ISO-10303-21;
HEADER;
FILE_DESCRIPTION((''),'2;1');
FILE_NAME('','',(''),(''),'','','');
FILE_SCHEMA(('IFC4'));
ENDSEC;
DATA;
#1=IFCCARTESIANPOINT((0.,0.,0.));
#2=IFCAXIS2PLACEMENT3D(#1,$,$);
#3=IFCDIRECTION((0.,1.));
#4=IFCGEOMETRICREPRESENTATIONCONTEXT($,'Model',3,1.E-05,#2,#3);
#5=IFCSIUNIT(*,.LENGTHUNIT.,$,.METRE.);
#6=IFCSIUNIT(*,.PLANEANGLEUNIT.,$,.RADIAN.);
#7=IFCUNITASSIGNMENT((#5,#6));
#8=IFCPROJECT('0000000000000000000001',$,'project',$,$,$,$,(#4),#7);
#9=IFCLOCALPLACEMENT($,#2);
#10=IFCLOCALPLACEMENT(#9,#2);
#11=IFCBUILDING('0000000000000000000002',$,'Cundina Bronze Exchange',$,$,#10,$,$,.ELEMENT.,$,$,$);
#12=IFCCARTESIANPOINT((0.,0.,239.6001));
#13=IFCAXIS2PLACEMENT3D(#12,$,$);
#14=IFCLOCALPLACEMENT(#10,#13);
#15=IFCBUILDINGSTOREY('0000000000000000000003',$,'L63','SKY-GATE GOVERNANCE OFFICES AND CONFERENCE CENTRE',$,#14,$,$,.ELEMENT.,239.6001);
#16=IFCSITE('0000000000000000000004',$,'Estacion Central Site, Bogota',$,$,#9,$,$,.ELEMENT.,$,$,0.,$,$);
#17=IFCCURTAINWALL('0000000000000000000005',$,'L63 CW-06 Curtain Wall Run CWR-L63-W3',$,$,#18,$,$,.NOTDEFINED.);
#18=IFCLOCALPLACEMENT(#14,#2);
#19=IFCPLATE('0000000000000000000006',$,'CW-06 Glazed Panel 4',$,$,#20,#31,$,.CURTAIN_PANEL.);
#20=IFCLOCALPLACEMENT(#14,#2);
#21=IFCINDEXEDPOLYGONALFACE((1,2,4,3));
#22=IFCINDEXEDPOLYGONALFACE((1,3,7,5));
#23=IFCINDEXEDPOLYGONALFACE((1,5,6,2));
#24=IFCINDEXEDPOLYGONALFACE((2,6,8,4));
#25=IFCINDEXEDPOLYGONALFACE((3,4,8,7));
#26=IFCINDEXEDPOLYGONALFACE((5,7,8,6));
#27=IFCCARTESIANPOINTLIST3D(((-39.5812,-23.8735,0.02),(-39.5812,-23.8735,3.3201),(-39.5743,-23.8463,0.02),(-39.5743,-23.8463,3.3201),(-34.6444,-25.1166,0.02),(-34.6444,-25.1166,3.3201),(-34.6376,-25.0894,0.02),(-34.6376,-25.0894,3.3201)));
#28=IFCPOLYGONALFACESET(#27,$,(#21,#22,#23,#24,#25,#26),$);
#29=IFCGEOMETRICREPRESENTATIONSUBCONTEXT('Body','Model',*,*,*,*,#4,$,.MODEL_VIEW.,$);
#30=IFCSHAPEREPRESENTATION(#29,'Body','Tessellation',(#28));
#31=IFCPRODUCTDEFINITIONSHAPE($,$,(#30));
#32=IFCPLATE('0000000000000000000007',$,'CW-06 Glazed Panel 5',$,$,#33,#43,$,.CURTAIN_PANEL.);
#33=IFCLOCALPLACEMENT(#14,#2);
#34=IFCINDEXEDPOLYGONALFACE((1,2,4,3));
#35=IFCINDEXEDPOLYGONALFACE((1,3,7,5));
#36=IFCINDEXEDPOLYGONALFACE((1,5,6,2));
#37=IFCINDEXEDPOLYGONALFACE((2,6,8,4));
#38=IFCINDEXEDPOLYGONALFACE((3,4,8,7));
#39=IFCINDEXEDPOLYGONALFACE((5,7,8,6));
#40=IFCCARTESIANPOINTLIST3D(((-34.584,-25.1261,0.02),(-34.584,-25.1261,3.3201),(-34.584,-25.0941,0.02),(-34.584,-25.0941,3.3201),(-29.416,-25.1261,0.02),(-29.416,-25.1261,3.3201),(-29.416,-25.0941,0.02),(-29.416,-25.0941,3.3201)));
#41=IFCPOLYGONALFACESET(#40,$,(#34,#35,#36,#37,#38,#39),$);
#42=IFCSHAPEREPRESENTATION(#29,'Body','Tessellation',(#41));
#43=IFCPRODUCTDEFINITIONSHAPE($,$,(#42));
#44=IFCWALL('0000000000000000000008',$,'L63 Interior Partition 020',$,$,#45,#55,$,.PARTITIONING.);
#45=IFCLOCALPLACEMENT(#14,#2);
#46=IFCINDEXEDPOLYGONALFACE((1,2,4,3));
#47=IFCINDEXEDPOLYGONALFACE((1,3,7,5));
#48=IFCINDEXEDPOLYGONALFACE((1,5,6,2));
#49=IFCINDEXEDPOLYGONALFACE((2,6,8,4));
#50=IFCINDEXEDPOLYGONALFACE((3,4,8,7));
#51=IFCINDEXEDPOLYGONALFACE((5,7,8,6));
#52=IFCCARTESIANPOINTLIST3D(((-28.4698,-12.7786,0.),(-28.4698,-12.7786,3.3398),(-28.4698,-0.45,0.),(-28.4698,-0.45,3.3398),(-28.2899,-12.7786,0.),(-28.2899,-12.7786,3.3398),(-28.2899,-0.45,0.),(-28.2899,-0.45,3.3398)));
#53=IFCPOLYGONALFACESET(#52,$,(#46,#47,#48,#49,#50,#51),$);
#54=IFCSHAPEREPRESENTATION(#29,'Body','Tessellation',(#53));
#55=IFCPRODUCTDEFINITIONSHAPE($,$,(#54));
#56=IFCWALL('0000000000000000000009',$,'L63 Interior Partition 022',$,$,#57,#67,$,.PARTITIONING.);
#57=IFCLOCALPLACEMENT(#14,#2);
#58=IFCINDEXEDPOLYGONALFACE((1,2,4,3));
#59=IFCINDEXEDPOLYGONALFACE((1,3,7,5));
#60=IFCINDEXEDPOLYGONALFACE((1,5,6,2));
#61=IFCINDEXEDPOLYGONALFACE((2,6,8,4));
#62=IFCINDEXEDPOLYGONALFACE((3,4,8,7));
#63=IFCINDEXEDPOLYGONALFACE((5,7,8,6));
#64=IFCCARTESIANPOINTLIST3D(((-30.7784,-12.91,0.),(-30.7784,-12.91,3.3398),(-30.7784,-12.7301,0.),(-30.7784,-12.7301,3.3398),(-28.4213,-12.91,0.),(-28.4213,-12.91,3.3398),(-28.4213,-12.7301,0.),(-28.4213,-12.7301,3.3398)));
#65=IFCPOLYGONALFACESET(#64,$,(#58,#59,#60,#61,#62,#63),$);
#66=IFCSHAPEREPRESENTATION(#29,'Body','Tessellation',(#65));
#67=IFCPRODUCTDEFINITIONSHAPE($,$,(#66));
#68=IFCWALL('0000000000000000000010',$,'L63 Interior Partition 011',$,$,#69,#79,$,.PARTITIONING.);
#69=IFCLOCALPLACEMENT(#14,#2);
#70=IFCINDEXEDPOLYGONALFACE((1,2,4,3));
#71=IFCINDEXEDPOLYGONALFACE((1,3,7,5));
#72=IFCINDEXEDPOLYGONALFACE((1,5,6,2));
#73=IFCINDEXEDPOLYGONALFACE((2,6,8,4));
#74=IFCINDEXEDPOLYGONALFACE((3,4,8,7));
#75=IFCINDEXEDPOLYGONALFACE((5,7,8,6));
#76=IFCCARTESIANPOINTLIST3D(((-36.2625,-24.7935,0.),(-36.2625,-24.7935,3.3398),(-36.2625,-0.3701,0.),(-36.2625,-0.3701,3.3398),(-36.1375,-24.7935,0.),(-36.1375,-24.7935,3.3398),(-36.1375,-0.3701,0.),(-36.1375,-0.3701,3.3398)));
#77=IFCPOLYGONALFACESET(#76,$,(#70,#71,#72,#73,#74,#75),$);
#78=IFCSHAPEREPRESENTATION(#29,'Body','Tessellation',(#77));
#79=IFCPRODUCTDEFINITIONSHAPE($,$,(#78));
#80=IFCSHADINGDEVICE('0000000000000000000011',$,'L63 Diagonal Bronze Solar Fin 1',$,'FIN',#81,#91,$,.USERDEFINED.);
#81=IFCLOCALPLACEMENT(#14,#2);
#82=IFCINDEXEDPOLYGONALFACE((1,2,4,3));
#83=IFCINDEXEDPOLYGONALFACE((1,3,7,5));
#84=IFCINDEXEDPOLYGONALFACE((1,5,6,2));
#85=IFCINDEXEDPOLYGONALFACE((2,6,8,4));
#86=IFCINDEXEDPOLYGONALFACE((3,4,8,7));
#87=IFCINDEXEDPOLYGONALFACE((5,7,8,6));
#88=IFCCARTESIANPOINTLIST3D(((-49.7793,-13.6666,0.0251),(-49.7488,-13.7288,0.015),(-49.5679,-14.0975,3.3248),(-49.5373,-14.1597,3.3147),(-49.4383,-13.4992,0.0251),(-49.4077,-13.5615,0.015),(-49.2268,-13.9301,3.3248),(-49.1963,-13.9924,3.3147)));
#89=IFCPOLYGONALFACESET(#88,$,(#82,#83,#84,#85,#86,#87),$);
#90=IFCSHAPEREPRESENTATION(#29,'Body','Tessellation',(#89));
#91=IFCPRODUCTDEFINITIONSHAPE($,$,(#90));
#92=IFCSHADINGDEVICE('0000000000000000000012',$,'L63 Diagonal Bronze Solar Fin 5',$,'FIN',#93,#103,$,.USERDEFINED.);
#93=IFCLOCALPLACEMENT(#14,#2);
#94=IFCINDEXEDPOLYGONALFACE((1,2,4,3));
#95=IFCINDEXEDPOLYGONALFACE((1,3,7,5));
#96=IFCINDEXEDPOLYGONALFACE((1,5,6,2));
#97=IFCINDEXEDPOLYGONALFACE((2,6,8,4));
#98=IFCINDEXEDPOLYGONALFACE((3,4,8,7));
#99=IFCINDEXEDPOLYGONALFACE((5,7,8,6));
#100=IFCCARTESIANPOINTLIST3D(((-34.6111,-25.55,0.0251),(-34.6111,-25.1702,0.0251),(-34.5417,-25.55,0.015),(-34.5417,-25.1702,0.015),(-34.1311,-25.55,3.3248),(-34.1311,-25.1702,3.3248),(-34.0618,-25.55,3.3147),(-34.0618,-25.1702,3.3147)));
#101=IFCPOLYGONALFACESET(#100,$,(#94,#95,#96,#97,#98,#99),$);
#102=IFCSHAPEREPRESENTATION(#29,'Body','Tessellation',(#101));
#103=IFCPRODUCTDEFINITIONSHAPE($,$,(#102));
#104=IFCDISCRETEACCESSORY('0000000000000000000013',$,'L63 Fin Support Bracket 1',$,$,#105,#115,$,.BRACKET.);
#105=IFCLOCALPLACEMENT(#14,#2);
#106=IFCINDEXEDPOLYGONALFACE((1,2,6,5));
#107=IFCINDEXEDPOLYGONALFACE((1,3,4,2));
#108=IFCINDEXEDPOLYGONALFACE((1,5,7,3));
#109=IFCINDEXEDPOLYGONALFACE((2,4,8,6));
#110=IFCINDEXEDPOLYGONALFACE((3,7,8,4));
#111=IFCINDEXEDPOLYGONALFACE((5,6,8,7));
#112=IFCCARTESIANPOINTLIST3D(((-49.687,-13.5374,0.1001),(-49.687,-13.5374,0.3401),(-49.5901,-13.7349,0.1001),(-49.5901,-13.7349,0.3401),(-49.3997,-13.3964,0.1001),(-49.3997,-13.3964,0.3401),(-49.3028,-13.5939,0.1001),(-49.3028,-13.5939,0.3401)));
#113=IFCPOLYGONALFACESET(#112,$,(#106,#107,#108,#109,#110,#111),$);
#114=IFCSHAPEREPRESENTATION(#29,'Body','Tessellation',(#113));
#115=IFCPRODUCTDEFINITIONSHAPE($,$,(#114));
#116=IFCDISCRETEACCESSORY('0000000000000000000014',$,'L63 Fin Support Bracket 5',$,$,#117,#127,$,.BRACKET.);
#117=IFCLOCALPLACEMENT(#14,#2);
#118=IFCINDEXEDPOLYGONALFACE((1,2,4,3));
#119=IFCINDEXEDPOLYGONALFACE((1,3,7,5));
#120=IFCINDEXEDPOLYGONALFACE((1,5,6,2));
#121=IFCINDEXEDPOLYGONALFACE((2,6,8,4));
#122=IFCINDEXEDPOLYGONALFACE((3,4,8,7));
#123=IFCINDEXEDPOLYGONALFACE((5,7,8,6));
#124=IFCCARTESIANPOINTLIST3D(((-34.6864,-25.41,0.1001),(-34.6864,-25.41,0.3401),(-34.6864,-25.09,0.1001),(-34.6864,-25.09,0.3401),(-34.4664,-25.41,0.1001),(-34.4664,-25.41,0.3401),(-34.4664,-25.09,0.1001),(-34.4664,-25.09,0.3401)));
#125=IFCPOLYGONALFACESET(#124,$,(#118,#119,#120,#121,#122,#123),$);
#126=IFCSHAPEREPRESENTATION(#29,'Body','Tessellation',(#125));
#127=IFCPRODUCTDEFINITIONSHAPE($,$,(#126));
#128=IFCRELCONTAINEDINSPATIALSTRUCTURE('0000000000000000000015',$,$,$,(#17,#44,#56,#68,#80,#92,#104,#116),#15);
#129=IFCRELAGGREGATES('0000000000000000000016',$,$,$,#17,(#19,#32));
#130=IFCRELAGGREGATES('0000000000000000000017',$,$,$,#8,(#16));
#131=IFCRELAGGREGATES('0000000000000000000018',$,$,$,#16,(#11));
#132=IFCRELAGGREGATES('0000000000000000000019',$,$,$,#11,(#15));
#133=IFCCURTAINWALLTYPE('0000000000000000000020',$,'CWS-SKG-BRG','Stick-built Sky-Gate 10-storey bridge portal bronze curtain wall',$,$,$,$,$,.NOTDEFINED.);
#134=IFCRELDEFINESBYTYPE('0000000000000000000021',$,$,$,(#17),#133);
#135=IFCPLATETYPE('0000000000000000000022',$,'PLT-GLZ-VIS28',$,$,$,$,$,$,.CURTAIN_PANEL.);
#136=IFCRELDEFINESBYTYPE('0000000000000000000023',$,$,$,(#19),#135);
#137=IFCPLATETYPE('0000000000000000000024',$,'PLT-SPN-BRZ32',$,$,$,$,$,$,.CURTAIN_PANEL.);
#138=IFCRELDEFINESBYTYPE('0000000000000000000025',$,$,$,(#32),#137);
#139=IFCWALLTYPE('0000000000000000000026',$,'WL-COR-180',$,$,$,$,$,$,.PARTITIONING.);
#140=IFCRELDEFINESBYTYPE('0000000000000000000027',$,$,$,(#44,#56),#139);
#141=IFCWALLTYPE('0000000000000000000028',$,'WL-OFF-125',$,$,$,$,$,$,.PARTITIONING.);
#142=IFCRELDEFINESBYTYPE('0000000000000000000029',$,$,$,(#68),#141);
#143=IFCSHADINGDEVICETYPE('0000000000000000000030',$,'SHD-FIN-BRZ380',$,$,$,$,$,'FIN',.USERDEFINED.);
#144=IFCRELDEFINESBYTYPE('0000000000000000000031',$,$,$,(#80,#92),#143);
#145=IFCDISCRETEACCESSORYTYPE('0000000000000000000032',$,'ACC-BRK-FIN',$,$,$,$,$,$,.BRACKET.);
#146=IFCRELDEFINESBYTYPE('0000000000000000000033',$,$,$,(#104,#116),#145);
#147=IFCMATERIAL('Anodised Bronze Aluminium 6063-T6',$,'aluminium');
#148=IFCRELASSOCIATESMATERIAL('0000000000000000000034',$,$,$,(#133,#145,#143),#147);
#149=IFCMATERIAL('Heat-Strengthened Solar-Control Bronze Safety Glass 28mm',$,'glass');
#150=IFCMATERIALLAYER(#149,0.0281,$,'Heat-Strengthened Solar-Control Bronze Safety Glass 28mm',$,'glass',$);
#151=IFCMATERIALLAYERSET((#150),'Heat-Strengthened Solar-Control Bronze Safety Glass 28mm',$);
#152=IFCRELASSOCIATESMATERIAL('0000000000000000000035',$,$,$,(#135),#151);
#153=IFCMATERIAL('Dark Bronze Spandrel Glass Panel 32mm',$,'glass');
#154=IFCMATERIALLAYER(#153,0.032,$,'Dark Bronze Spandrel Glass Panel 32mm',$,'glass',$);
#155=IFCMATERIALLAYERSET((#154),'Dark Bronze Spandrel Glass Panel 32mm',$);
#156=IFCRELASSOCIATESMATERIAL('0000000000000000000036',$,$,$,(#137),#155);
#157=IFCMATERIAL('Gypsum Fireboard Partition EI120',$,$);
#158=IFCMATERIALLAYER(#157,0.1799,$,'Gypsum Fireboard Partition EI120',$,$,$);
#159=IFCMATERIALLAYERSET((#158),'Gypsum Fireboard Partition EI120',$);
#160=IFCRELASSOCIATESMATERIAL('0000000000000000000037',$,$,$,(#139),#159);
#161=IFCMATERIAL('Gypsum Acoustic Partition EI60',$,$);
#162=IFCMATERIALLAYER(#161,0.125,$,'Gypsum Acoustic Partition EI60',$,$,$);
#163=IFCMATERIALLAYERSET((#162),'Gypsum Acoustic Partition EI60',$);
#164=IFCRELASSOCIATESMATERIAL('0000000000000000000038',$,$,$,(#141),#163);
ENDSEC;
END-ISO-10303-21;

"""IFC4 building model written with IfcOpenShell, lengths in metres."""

from ifc_helpers import new_model, si_unit, direction, frame, frame_2d, origin, origin_2d, place, context, subcontext, project, spatial, rectangle, extrude, material, layer, layer_set, material_profile, profile_set, type_object, element, aggregate, save


model = new_model("IFC4")

# Units and contexts
model_context = context("Model", 3, precision=1e-05, world=origin(), true_north=direction((0.0, 1.0)))
body_context = subcontext(model_context, "Body", "Model", "MODEL_VIEW")
ifc_project = project(units=[si_unit("LENGTHUNIT", "METRE"), si_unit("PLANEANGLEUNIT", "RADIAN")], contexts=[model_context])

# Site, building, storey
site_placement = place(None, origin())
site = spatial("IfcSite", under=ifc_project, at=site_placement, Name="Estacion Central Site, Bogota", CompositionType="ELEMENT", RefElevation=0.0)
building_placement = place(site_placement, origin())
building = spatial("IfcBuilding", under=site, at=building_placement, Name="Cundina Bronze Exchange", CompositionType="ELEMENT")
storey_placement = place(building_placement, frame((0.0, 0.0, 239.6001)))
storey = spatial("IfcBuildingStorey", under=building, at=storey_placement, Name="L63", Description="SKY-GATE GOVERNANCE OFFICES AND CONFERENCE CENTRE", CompositionType="ELEMENT", Elevation=239.6001)

# Shared definitions
ifc_material_1 = material(Name="Anodised Bronze Aluminium 6063-T6", Category="aluminium")
curtain_wall_type = type_object("IfcCurtainWallType", Name="CWS-SKG-BRG", Description="Stick-built Sky-Gate 10-storey bridge portal bronze curtain wall", PredefinedType="NOTDEFINED", material=ifc_material_1)

# Curtain wall
curtain_wall_1_placement = place(storey_placement, origin())
curtain_wall_1 = element("IfcCurtainWall", 1, at=curtain_wall_1_placement, inside=storey, type_object=curtain_wall_type, Name="L63 CW-06 Curtain Wall Run CWR-L63-W3", PredefinedType="NOTDEFINED")

# Plates
ifc_material_2 = material(Name="Heat-Strengthened Solar-Control Bronze Safety Glass 28mm", Category="glass")
ifc_layer_1 = layer(ifc_material_2, 0.0281, Name="Heat-Strengthened Solar-Control Bronze Safety Glass 28mm", Category="glass")
ifc_layer_set_1 = layer_set([ifc_layer_1], Name="Heat-Strengthened Solar-Control Bronze Safety Glass 28mm")
plate_type_1 = type_object("IfcPlateType", Name="PLT-GLZ-VIS28", PredefinedType="CURTAIN_PANEL", material=ifc_layer_set_1)
plate_1_placement = place(storey_placement, frame((-37.1094, -24.4814, 0.02), z_axis=(0.0, 0.0, 1.0), x_axis=(0.969732, -0.244174, 0.0)))
plate_1 = element("IfcPlate", 2, at=plate_1_placement, type_object=plate_type_1, Name="CW-06 Glazed Panel 4", PredefinedType="CURTAIN_PANEL", context=body_context, shape_type="SweptSolid", body=[
    extrude(rectangle(XDim=5.0908, YDim=0.0281, at=origin_2d()), origin(), (0.0, 0.0, 1.0), 3.3),
])
ifc_material_3 = material(Name="Dark Bronze Spandrel Glass Panel 32mm", Category="glass")
ifc_layer_2 = layer(ifc_material_3, 0.032, Name="Dark Bronze Spandrel Glass Panel 32mm", Category="glass")
ifc_layer_set_2 = layer_set([ifc_layer_2], Name="Dark Bronze Spandrel Glass Panel 32mm")
plate_type_2 = type_object("IfcPlateType", Name="PLT-SPN-BRZ32", PredefinedType="CURTAIN_PANEL", material=ifc_layer_set_2)
plate_2_placement = place(storey_placement, frame((-32.0, -25.1101, 0.02), z_axis=(0.0, 0.0, 1.0), x_axis=(1.0, 0.0, 0.0)))
plate_2 = element("IfcPlate", 3, at=plate_2_placement, type_object=plate_type_2, Name="CW-06 Glazed Panel 5", PredefinedType="CURTAIN_PANEL", context=body_context, shape_type="SweptSolid", body=[
    extrude(rectangle(XDim=5.168, YDim=0.032, at=origin_2d()), origin(), (0.0, 0.0, 1.0), 3.3),
])
aggregate(curtain_wall_1, [plate_1, plate_2])

# Walls
ifc_material_4 = material(Name="Gypsum Fireboard Partition EI120")
ifc_layer_3 = layer(ifc_material_4, 0.1799, Name="Gypsum Fireboard Partition EI120")
ifc_layer_set_3 = layer_set([ifc_layer_3], Name="Gypsum Fireboard Partition EI120")
wall_type_1 = type_object("IfcWallType", Name="WL-COR-180", PredefinedType="PARTITIONING", material=ifc_layer_set_3)
wall_1_placement = place(storey_placement, frame((-28.3799, -12.7786, 0.0), z_axis=(0.0, 0.0, 1.0), x_axis=(0.0, 1.0, 0.0)))
element("IfcWall", 4, at=wall_1_placement, inside=storey, type_object=wall_type_1, Name="L63 Interior Partition 020", PredefinedType="PARTITIONING", context=body_context, shape_type="SweptSolid", body=[
    extrude(rectangle(XDim=12.3286, YDim=0.1799, at=frame_2d((6.1643, 0.0))), origin(), (0.0, 0.0, 1.0), 3.3398),
])
wall_2_placement = place(storey_placement, frame((-30.7786, -12.8201, 0.0), z_axis=(0.0, 0.0, 1.0), x_axis=(1.0, 0.0, 0.0)))
element("IfcWall", 5, at=wall_2_placement, inside=storey, type_object=wall_type_1, Name="L63 Interior Partition 022", PredefinedType="PARTITIONING", context=body_context, shape_type="SweptSolid", body=[
    extrude(rectangle(XDim=2.3572, YDim=0.1799, at=frame_2d((1.1787, 0.0))), origin(), (0.0, 0.0, 1.0), 3.3398),
])
ifc_material_5 = material(Name="Gypsum Acoustic Partition EI60")
ifc_layer_4 = layer(ifc_material_5, 0.125, Name="Gypsum Acoustic Partition EI60")
ifc_layer_set_4 = layer_set([ifc_layer_4], Name="Gypsum Acoustic Partition EI60")
wall_type_2 = type_object("IfcWallType", Name="WL-OFF-125", PredefinedType="PARTITIONING", material=ifc_layer_set_4)
wall_3_placement = place(storey_placement, frame((-36.2, -24.7935, 0.0), z_axis=(0.0, 0.0, 1.0), x_axis=(0.0, 1.0, 0.0)))
element("IfcWall", 6, at=wall_3_placement, inside=storey, type_object=wall_type_2, Name="L63 Interior Partition 011", PredefinedType="PARTITIONING", context=body_context, shape_type="SweptSolid", body=[
    extrude(rectangle(XDim=24.4233, YDim=0.125, at=frame_2d((12.2117, 0.0))), origin(), (0.0, 0.0, 1.0), 3.3398),
])

# Shading devices
ifc_material_profile_1 = material_profile(ifc_material_1, rectangle(XDim=0.0701, YDim=0.3799, at=origin_2d()), Name="FIN70X380", Category="aluminium")
ifc_profile_set_1 = profile_set([ifc_material_profile_1], Name="Anodised Bronze Aluminium 6063-T6")
shading_device_type = type_object("IfcShadingDeviceType", Name="SHD-FIN-BRZ380", ElementType="FIN", PredefinedType="USERDEFINED", material=ifc_profile_set_1)
for number, where, z_axis, x_axis, name in (
    (7, (-49.5935, -13.614, 0.02), (0.063405, -0.129226, 0.989586), (-0.4359, 0.88841, 0.143943), "L63 Diagonal Bronze Solar Fin 1"),
    (8, (-34.5764, -25.3601, 0.02), (0.143942, 0.0, 0.989586), (-0.989586, 0.0, 0.143942), "L63 Diagonal Bronze Solar Fin 5"),
):
    element("IfcShadingDevice", number, at=place(storey_placement, frame(where, z_axis=z_axis, x_axis=x_axis)), inside=storey, type_object=shading_device_type, Name=name, ObjectType="FIN", PredefinedType="USERDEFINED", context=body_context, shape_type="SweptSolid", body=[
        extrude(rectangle(XDim=0.0701, YDim=0.3799, at=origin_2d()), origin(), (0.0, 0.0, 1.0), 3.3345),
    ])

# Discrete accessories
discrete_accessory_type = type_object("IfcDiscreteAccessoryType", Name="ACC-BRK-FIN", PredefinedType="BRACKET", material=ifc_material_1)
for number, where, z_axis, x_axis, name in (
    (9, (-49.4949, -13.5657, 0.1001), (0.0, 0.0, 1.0), (0.440503, -0.897751, 0.0), "L63 Fin Support Bracket 1"),
    (10, (-34.5764, -25.25, 0.1001), (0.0, 0.0, 1.0), (1.0, 0.0, 0.0), "L63 Fin Support Bracket 5"),
):
    element("IfcDiscreteAccessory", number, at=place(storey_placement, frame(where, z_axis=z_axis, x_axis=x_axis)), inside=storey, type_object=discrete_accessory_type, Name=name, PredefinedType="BRACKET", context=body_context, shape_type="SweptSolid", body=[
        extrude(rectangle(XDim=0.22, YDim=0.3201, at=origin_2d()), origin(), (0.0, 0.0, 1.0), 0.24),
    ])

save(model, "model.ifc")
